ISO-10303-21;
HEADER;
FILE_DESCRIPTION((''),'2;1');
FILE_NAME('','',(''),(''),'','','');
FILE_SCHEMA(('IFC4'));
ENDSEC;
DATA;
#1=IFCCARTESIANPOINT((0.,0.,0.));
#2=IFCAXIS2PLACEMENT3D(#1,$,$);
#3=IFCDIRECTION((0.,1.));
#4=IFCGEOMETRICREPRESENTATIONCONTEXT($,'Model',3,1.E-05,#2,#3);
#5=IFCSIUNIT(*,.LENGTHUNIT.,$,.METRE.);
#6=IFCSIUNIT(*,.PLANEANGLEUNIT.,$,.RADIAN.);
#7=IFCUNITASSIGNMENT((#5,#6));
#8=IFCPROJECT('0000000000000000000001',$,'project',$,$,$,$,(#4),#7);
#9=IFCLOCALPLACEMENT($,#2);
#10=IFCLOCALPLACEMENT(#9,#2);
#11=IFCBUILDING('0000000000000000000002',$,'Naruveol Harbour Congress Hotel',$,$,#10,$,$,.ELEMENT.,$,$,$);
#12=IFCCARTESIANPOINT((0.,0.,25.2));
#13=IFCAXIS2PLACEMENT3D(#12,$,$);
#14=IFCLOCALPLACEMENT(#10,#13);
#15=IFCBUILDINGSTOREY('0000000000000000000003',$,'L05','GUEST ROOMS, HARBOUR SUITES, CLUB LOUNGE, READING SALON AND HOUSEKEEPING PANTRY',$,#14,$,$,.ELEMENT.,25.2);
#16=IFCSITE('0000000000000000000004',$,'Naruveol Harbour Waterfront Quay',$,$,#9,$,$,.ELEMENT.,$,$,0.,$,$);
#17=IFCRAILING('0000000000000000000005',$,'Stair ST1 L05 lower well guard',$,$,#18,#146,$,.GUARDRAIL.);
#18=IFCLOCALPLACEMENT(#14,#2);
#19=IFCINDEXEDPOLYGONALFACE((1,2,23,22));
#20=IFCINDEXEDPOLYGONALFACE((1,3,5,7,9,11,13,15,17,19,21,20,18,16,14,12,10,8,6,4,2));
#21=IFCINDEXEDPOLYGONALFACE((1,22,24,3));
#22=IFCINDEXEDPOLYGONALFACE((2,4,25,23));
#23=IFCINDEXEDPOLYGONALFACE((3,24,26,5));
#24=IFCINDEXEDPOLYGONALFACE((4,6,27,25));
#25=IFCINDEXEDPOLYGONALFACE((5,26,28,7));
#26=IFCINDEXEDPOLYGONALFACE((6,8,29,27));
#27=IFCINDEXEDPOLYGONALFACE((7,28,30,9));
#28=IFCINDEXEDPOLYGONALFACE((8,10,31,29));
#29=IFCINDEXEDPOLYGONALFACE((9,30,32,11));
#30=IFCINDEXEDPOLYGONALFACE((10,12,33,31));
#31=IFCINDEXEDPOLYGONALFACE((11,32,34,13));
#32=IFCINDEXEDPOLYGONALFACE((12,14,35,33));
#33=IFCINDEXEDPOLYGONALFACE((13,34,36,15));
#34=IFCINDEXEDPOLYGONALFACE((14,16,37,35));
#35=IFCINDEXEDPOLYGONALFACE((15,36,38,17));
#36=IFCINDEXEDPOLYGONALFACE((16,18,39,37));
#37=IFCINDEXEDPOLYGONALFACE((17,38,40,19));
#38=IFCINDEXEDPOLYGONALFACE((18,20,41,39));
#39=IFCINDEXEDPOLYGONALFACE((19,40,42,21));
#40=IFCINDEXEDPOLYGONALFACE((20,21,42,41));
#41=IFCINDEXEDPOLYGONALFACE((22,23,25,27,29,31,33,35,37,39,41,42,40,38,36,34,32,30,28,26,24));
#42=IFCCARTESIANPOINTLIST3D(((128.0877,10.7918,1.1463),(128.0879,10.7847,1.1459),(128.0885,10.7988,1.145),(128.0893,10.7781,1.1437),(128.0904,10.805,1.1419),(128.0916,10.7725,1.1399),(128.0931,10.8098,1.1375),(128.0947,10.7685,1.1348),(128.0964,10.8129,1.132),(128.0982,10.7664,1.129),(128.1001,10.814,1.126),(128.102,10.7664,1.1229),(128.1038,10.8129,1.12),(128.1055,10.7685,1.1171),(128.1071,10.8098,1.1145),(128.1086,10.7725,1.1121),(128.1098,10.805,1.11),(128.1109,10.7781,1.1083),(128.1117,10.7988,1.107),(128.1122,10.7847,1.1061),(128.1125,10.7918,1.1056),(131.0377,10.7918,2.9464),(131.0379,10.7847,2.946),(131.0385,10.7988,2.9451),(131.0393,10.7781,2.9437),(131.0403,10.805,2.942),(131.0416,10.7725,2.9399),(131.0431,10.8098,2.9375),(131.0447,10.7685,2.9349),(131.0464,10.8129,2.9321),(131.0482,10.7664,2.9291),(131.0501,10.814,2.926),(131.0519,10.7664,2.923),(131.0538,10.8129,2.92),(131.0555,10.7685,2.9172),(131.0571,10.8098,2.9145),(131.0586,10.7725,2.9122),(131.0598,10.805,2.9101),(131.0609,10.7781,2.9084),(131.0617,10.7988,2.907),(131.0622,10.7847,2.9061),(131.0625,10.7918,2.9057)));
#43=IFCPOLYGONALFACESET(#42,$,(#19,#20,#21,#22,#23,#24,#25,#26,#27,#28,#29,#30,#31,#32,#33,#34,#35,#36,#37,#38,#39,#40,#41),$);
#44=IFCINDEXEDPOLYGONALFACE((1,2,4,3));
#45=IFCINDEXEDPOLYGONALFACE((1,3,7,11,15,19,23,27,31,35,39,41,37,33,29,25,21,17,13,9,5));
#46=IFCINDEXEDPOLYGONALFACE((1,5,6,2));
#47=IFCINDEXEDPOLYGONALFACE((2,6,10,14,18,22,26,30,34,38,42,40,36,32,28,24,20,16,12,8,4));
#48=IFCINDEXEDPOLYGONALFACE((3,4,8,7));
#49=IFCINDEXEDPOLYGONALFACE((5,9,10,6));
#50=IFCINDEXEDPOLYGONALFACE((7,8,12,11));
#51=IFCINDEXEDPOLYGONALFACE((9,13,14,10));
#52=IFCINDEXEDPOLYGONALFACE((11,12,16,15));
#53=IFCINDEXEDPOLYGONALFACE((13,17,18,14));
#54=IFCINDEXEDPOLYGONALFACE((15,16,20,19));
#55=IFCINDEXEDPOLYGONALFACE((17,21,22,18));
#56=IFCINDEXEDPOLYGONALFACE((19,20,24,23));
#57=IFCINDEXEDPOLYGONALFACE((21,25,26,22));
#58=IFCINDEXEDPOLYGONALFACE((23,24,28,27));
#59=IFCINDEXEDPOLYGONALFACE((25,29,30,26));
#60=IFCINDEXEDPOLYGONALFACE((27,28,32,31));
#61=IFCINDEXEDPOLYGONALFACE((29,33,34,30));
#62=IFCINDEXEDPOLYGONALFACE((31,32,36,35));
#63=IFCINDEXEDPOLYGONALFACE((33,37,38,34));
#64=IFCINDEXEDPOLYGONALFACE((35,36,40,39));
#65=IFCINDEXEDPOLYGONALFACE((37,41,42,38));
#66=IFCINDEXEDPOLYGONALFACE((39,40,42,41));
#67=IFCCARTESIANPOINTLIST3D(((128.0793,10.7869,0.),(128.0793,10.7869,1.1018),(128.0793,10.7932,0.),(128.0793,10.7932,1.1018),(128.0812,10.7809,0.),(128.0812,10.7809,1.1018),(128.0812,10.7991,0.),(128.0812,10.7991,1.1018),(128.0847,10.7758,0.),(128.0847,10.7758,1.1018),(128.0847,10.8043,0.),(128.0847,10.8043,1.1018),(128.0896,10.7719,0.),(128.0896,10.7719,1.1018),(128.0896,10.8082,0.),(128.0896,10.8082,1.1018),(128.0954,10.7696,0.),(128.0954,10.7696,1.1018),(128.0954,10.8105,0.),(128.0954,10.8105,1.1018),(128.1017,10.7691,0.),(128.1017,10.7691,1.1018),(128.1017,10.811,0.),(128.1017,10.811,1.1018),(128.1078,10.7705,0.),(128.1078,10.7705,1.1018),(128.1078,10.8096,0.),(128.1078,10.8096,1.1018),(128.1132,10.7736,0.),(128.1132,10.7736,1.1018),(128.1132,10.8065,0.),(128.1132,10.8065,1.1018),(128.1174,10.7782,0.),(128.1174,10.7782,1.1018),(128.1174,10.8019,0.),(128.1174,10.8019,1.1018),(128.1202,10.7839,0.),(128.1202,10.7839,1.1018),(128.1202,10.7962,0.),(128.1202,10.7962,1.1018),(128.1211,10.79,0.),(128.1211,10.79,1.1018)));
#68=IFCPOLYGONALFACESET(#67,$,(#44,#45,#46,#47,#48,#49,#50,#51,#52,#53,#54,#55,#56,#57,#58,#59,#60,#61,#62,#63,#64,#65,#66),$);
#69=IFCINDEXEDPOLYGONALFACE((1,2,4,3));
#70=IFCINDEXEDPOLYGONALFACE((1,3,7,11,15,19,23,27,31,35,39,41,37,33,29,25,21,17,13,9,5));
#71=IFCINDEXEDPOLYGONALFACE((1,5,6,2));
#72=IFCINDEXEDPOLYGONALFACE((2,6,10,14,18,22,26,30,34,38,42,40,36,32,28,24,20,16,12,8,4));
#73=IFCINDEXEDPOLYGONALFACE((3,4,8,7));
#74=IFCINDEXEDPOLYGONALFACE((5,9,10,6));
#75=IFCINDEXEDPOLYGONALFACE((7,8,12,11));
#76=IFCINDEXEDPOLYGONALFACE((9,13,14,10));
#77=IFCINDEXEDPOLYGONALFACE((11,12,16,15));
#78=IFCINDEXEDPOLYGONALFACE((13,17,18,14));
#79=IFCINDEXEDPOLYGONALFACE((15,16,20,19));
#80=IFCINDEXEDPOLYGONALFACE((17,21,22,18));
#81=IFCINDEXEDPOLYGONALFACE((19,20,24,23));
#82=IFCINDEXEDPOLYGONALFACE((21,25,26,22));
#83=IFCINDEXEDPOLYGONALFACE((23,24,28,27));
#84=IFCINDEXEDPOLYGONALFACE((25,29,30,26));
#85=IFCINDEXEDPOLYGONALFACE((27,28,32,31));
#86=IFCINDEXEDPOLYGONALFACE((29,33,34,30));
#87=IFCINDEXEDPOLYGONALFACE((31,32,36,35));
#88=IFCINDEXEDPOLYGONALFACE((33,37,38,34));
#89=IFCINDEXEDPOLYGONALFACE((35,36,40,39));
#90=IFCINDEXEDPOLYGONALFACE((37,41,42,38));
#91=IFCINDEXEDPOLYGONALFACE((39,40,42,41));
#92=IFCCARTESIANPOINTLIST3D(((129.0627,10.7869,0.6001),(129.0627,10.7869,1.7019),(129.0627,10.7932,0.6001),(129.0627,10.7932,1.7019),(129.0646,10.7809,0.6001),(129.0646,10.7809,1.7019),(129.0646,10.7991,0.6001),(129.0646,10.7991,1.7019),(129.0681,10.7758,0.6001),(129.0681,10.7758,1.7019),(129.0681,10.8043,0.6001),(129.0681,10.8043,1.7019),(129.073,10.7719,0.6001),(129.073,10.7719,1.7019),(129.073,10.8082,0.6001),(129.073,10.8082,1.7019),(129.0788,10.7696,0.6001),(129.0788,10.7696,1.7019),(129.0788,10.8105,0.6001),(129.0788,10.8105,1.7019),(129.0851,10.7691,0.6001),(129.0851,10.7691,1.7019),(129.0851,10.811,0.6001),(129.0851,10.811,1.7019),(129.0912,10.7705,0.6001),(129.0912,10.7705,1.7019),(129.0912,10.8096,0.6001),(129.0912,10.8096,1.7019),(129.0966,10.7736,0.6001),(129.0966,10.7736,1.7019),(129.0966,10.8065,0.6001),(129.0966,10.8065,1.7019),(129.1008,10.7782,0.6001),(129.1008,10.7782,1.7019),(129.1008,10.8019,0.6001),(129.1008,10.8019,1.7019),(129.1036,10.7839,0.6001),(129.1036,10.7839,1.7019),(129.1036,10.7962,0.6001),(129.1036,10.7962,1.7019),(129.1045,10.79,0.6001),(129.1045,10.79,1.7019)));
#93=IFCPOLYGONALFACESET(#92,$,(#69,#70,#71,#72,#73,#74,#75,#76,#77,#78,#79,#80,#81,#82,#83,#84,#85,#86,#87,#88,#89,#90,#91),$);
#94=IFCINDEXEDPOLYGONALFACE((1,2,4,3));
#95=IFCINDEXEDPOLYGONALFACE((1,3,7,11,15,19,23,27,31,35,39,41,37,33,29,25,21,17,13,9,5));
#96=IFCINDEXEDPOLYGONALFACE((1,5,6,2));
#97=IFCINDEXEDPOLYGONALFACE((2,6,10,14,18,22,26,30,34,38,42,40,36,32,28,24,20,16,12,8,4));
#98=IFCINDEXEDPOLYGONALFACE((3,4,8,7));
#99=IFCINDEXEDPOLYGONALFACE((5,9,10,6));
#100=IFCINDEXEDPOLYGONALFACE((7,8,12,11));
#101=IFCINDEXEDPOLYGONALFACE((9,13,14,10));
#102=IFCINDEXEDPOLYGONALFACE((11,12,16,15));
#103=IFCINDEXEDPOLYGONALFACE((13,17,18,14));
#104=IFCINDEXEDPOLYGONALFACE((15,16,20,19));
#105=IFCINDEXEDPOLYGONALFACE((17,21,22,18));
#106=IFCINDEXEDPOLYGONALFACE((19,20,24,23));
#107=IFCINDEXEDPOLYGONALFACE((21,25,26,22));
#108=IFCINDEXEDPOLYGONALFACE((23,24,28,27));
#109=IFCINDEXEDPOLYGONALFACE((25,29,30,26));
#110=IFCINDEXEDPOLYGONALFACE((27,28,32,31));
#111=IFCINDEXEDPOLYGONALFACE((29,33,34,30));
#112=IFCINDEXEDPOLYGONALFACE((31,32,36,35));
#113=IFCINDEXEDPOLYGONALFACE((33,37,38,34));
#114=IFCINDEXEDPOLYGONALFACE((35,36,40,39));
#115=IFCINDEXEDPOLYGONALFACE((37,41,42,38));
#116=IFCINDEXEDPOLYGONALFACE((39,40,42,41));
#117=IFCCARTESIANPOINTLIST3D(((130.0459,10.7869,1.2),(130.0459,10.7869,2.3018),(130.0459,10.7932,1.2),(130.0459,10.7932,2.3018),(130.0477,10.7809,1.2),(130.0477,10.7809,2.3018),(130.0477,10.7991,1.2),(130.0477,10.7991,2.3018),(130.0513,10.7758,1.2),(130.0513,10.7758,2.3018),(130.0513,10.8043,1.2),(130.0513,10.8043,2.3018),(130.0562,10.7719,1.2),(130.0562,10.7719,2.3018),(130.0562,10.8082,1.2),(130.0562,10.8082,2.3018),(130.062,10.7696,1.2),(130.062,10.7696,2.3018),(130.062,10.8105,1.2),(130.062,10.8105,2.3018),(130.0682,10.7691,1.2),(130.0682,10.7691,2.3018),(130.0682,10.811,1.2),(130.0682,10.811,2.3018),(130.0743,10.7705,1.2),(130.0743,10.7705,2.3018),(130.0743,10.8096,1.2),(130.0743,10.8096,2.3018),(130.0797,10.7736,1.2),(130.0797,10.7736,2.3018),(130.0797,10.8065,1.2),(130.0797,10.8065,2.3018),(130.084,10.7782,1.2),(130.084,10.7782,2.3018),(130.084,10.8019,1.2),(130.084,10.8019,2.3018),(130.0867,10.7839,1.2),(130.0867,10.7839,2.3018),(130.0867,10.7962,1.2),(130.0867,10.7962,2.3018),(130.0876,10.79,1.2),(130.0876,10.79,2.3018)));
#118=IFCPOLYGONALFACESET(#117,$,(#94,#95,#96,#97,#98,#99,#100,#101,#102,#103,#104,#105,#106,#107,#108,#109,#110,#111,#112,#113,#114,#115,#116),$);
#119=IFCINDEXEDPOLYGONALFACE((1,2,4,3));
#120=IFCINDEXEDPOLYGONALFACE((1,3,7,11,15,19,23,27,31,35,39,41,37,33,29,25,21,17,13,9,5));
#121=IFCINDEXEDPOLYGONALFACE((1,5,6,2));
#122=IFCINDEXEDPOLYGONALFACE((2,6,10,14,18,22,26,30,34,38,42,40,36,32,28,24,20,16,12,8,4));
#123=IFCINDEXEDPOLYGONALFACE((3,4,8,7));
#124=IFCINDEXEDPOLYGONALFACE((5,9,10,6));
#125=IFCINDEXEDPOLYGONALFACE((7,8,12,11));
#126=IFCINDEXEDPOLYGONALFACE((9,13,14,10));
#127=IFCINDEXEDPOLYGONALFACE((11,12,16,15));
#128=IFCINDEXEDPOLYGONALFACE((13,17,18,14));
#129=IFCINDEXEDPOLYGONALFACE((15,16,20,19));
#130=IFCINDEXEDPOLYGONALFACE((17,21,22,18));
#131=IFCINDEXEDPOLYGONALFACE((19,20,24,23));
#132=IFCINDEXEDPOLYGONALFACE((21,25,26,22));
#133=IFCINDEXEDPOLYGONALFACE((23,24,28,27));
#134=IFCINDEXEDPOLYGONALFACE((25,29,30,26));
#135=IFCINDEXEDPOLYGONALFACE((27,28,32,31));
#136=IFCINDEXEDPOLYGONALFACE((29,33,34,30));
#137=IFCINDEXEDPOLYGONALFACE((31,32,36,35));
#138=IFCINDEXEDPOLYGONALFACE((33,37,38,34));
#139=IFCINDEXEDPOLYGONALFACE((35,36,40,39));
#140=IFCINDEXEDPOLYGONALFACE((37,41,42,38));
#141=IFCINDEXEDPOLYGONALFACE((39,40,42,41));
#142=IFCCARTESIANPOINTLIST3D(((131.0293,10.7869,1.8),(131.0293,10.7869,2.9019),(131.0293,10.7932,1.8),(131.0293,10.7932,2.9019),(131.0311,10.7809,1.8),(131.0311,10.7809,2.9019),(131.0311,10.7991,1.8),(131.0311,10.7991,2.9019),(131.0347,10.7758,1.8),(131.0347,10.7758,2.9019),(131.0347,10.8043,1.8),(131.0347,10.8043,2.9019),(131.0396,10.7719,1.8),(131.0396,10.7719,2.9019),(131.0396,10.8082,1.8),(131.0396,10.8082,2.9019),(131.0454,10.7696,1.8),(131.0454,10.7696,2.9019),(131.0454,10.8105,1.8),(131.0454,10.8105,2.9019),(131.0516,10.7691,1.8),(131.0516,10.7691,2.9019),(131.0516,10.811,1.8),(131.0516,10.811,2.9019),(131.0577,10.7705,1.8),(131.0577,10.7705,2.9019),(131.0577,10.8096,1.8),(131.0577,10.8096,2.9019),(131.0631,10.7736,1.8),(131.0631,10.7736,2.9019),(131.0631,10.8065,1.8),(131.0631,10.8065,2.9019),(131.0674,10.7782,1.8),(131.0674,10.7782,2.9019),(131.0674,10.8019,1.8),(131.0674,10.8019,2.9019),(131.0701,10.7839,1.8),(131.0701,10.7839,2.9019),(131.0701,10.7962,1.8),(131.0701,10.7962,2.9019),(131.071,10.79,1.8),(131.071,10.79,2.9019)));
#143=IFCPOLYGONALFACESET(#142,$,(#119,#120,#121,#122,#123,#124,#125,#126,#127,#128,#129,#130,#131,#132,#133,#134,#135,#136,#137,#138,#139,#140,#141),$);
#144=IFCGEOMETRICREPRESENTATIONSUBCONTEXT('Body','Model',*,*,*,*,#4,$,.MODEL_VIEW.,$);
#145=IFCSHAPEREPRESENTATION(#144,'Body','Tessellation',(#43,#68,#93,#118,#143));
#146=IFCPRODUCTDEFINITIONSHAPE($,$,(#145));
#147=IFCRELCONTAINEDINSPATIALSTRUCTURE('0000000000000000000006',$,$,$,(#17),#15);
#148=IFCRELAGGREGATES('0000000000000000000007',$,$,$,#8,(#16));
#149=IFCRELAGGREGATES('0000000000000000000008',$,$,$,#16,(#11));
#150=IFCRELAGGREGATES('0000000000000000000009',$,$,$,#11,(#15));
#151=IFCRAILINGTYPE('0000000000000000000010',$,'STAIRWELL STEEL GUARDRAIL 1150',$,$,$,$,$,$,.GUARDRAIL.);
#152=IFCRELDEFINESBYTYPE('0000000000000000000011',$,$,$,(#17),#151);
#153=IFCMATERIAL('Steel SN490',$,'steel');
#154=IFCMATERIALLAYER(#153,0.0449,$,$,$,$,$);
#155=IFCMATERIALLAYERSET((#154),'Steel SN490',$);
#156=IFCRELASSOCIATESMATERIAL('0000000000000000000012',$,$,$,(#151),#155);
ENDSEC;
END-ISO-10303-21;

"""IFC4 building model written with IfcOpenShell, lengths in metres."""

from ifc_helpers import new_model, si_unit, direction, frame, origin, origin_2d, place, context, subcontext, project, spatial, circle, extrude, material, layer, layer_set, type_object, element, save


model = new_model("IFC4")

# Units and contexts
model_context = context("Model", 3, precision=1e-05, world=origin(), true_north=direction((0.0, 1.0)))
body_context = subcontext(model_context, "Body", "Model", "MODEL_VIEW")
ifc_project = project(units=[si_unit("LENGTHUNIT", "METRE"), si_unit("PLANEANGLEUNIT", "RADIAN")], contexts=[model_context])

# Site, building, storey
site_placement = place(None, origin())
site = spatial("IfcSite", under=ifc_project, at=site_placement, Name="Naruveol Harbour Waterfront Quay", CompositionType="ELEMENT", RefElevation=0.0)
building_placement = place(site_placement, origin())
building = spatial("IfcBuilding", under=site, at=building_placement, Name="Naruveol Harbour Congress Hotel", CompositionType="ELEMENT")
storey_placement = place(building_placement, frame((0.0, 0.0, 25.2)))
storey = spatial("IfcBuildingStorey", under=building, at=storey_placement, Name="L05", Description="GUEST ROOMS, HARBOUR SUITES, CLUB LOUNGE, READING SALON AND HOUSEKEEPING PANTRY", CompositionType="ELEMENT", Elevation=25.2)

# Railing
ifc_material_1 = material(Name="Steel SN490", Category="steel")
ifc_layer_1 = layer(ifc_material_1, 0.0449)
ifc_layer_set_1 = layer_set([ifc_layer_1], Name="Steel SN490")
railing_type_1 = type_object("IfcRailingType", Name="STAIRWELL STEEL GUARDRAIL 1150", PredefinedType="GUARDRAIL", material=ifc_layer_set_1)
railing_1_placement = place(storey_placement, frame((128.1001, 10.79, 0.0)))
element("IfcRailing", 1, at=railing_1_placement, inside=storey, type_object=railing_type_1, Name="Stair ST1 L05 lower well guard", PredefinedType="GUARDRAIL", context=body_context, shape_type="SweptSolid", body=[
    extrude(circle(Radius=0.0239, at=origin_2d()), frame((0.0, 0.0, 1.126), z_axis=(0.853629, 0.0, 0.520881), x_axis=(0.0, 1.0, 0.0)), (0.0, 0.0, 1.0), 3.4558),
    extrude(circle(Radius=0.021, at=origin_2d()), origin(), (0.0, 0.0, 1.0), 1.1018),
    extrude(circle(Radius=0.021, at=origin_2d()), frame((0.9834, 0.0, 0.6001)), (0.0, 0.0, 1.0), 1.1018),
    extrude(circle(Radius=0.021, at=origin_2d()), frame((1.9666, 0.0, 1.2)), (0.0, 0.0, 1.0), 1.1018),
    extrude(circle(Radius=0.021, at=origin_2d()), frame((2.95, 0.0, 1.8)), (0.0, 0.0, 1.0), 1.1018),
])

save(model, "model.ifc")
